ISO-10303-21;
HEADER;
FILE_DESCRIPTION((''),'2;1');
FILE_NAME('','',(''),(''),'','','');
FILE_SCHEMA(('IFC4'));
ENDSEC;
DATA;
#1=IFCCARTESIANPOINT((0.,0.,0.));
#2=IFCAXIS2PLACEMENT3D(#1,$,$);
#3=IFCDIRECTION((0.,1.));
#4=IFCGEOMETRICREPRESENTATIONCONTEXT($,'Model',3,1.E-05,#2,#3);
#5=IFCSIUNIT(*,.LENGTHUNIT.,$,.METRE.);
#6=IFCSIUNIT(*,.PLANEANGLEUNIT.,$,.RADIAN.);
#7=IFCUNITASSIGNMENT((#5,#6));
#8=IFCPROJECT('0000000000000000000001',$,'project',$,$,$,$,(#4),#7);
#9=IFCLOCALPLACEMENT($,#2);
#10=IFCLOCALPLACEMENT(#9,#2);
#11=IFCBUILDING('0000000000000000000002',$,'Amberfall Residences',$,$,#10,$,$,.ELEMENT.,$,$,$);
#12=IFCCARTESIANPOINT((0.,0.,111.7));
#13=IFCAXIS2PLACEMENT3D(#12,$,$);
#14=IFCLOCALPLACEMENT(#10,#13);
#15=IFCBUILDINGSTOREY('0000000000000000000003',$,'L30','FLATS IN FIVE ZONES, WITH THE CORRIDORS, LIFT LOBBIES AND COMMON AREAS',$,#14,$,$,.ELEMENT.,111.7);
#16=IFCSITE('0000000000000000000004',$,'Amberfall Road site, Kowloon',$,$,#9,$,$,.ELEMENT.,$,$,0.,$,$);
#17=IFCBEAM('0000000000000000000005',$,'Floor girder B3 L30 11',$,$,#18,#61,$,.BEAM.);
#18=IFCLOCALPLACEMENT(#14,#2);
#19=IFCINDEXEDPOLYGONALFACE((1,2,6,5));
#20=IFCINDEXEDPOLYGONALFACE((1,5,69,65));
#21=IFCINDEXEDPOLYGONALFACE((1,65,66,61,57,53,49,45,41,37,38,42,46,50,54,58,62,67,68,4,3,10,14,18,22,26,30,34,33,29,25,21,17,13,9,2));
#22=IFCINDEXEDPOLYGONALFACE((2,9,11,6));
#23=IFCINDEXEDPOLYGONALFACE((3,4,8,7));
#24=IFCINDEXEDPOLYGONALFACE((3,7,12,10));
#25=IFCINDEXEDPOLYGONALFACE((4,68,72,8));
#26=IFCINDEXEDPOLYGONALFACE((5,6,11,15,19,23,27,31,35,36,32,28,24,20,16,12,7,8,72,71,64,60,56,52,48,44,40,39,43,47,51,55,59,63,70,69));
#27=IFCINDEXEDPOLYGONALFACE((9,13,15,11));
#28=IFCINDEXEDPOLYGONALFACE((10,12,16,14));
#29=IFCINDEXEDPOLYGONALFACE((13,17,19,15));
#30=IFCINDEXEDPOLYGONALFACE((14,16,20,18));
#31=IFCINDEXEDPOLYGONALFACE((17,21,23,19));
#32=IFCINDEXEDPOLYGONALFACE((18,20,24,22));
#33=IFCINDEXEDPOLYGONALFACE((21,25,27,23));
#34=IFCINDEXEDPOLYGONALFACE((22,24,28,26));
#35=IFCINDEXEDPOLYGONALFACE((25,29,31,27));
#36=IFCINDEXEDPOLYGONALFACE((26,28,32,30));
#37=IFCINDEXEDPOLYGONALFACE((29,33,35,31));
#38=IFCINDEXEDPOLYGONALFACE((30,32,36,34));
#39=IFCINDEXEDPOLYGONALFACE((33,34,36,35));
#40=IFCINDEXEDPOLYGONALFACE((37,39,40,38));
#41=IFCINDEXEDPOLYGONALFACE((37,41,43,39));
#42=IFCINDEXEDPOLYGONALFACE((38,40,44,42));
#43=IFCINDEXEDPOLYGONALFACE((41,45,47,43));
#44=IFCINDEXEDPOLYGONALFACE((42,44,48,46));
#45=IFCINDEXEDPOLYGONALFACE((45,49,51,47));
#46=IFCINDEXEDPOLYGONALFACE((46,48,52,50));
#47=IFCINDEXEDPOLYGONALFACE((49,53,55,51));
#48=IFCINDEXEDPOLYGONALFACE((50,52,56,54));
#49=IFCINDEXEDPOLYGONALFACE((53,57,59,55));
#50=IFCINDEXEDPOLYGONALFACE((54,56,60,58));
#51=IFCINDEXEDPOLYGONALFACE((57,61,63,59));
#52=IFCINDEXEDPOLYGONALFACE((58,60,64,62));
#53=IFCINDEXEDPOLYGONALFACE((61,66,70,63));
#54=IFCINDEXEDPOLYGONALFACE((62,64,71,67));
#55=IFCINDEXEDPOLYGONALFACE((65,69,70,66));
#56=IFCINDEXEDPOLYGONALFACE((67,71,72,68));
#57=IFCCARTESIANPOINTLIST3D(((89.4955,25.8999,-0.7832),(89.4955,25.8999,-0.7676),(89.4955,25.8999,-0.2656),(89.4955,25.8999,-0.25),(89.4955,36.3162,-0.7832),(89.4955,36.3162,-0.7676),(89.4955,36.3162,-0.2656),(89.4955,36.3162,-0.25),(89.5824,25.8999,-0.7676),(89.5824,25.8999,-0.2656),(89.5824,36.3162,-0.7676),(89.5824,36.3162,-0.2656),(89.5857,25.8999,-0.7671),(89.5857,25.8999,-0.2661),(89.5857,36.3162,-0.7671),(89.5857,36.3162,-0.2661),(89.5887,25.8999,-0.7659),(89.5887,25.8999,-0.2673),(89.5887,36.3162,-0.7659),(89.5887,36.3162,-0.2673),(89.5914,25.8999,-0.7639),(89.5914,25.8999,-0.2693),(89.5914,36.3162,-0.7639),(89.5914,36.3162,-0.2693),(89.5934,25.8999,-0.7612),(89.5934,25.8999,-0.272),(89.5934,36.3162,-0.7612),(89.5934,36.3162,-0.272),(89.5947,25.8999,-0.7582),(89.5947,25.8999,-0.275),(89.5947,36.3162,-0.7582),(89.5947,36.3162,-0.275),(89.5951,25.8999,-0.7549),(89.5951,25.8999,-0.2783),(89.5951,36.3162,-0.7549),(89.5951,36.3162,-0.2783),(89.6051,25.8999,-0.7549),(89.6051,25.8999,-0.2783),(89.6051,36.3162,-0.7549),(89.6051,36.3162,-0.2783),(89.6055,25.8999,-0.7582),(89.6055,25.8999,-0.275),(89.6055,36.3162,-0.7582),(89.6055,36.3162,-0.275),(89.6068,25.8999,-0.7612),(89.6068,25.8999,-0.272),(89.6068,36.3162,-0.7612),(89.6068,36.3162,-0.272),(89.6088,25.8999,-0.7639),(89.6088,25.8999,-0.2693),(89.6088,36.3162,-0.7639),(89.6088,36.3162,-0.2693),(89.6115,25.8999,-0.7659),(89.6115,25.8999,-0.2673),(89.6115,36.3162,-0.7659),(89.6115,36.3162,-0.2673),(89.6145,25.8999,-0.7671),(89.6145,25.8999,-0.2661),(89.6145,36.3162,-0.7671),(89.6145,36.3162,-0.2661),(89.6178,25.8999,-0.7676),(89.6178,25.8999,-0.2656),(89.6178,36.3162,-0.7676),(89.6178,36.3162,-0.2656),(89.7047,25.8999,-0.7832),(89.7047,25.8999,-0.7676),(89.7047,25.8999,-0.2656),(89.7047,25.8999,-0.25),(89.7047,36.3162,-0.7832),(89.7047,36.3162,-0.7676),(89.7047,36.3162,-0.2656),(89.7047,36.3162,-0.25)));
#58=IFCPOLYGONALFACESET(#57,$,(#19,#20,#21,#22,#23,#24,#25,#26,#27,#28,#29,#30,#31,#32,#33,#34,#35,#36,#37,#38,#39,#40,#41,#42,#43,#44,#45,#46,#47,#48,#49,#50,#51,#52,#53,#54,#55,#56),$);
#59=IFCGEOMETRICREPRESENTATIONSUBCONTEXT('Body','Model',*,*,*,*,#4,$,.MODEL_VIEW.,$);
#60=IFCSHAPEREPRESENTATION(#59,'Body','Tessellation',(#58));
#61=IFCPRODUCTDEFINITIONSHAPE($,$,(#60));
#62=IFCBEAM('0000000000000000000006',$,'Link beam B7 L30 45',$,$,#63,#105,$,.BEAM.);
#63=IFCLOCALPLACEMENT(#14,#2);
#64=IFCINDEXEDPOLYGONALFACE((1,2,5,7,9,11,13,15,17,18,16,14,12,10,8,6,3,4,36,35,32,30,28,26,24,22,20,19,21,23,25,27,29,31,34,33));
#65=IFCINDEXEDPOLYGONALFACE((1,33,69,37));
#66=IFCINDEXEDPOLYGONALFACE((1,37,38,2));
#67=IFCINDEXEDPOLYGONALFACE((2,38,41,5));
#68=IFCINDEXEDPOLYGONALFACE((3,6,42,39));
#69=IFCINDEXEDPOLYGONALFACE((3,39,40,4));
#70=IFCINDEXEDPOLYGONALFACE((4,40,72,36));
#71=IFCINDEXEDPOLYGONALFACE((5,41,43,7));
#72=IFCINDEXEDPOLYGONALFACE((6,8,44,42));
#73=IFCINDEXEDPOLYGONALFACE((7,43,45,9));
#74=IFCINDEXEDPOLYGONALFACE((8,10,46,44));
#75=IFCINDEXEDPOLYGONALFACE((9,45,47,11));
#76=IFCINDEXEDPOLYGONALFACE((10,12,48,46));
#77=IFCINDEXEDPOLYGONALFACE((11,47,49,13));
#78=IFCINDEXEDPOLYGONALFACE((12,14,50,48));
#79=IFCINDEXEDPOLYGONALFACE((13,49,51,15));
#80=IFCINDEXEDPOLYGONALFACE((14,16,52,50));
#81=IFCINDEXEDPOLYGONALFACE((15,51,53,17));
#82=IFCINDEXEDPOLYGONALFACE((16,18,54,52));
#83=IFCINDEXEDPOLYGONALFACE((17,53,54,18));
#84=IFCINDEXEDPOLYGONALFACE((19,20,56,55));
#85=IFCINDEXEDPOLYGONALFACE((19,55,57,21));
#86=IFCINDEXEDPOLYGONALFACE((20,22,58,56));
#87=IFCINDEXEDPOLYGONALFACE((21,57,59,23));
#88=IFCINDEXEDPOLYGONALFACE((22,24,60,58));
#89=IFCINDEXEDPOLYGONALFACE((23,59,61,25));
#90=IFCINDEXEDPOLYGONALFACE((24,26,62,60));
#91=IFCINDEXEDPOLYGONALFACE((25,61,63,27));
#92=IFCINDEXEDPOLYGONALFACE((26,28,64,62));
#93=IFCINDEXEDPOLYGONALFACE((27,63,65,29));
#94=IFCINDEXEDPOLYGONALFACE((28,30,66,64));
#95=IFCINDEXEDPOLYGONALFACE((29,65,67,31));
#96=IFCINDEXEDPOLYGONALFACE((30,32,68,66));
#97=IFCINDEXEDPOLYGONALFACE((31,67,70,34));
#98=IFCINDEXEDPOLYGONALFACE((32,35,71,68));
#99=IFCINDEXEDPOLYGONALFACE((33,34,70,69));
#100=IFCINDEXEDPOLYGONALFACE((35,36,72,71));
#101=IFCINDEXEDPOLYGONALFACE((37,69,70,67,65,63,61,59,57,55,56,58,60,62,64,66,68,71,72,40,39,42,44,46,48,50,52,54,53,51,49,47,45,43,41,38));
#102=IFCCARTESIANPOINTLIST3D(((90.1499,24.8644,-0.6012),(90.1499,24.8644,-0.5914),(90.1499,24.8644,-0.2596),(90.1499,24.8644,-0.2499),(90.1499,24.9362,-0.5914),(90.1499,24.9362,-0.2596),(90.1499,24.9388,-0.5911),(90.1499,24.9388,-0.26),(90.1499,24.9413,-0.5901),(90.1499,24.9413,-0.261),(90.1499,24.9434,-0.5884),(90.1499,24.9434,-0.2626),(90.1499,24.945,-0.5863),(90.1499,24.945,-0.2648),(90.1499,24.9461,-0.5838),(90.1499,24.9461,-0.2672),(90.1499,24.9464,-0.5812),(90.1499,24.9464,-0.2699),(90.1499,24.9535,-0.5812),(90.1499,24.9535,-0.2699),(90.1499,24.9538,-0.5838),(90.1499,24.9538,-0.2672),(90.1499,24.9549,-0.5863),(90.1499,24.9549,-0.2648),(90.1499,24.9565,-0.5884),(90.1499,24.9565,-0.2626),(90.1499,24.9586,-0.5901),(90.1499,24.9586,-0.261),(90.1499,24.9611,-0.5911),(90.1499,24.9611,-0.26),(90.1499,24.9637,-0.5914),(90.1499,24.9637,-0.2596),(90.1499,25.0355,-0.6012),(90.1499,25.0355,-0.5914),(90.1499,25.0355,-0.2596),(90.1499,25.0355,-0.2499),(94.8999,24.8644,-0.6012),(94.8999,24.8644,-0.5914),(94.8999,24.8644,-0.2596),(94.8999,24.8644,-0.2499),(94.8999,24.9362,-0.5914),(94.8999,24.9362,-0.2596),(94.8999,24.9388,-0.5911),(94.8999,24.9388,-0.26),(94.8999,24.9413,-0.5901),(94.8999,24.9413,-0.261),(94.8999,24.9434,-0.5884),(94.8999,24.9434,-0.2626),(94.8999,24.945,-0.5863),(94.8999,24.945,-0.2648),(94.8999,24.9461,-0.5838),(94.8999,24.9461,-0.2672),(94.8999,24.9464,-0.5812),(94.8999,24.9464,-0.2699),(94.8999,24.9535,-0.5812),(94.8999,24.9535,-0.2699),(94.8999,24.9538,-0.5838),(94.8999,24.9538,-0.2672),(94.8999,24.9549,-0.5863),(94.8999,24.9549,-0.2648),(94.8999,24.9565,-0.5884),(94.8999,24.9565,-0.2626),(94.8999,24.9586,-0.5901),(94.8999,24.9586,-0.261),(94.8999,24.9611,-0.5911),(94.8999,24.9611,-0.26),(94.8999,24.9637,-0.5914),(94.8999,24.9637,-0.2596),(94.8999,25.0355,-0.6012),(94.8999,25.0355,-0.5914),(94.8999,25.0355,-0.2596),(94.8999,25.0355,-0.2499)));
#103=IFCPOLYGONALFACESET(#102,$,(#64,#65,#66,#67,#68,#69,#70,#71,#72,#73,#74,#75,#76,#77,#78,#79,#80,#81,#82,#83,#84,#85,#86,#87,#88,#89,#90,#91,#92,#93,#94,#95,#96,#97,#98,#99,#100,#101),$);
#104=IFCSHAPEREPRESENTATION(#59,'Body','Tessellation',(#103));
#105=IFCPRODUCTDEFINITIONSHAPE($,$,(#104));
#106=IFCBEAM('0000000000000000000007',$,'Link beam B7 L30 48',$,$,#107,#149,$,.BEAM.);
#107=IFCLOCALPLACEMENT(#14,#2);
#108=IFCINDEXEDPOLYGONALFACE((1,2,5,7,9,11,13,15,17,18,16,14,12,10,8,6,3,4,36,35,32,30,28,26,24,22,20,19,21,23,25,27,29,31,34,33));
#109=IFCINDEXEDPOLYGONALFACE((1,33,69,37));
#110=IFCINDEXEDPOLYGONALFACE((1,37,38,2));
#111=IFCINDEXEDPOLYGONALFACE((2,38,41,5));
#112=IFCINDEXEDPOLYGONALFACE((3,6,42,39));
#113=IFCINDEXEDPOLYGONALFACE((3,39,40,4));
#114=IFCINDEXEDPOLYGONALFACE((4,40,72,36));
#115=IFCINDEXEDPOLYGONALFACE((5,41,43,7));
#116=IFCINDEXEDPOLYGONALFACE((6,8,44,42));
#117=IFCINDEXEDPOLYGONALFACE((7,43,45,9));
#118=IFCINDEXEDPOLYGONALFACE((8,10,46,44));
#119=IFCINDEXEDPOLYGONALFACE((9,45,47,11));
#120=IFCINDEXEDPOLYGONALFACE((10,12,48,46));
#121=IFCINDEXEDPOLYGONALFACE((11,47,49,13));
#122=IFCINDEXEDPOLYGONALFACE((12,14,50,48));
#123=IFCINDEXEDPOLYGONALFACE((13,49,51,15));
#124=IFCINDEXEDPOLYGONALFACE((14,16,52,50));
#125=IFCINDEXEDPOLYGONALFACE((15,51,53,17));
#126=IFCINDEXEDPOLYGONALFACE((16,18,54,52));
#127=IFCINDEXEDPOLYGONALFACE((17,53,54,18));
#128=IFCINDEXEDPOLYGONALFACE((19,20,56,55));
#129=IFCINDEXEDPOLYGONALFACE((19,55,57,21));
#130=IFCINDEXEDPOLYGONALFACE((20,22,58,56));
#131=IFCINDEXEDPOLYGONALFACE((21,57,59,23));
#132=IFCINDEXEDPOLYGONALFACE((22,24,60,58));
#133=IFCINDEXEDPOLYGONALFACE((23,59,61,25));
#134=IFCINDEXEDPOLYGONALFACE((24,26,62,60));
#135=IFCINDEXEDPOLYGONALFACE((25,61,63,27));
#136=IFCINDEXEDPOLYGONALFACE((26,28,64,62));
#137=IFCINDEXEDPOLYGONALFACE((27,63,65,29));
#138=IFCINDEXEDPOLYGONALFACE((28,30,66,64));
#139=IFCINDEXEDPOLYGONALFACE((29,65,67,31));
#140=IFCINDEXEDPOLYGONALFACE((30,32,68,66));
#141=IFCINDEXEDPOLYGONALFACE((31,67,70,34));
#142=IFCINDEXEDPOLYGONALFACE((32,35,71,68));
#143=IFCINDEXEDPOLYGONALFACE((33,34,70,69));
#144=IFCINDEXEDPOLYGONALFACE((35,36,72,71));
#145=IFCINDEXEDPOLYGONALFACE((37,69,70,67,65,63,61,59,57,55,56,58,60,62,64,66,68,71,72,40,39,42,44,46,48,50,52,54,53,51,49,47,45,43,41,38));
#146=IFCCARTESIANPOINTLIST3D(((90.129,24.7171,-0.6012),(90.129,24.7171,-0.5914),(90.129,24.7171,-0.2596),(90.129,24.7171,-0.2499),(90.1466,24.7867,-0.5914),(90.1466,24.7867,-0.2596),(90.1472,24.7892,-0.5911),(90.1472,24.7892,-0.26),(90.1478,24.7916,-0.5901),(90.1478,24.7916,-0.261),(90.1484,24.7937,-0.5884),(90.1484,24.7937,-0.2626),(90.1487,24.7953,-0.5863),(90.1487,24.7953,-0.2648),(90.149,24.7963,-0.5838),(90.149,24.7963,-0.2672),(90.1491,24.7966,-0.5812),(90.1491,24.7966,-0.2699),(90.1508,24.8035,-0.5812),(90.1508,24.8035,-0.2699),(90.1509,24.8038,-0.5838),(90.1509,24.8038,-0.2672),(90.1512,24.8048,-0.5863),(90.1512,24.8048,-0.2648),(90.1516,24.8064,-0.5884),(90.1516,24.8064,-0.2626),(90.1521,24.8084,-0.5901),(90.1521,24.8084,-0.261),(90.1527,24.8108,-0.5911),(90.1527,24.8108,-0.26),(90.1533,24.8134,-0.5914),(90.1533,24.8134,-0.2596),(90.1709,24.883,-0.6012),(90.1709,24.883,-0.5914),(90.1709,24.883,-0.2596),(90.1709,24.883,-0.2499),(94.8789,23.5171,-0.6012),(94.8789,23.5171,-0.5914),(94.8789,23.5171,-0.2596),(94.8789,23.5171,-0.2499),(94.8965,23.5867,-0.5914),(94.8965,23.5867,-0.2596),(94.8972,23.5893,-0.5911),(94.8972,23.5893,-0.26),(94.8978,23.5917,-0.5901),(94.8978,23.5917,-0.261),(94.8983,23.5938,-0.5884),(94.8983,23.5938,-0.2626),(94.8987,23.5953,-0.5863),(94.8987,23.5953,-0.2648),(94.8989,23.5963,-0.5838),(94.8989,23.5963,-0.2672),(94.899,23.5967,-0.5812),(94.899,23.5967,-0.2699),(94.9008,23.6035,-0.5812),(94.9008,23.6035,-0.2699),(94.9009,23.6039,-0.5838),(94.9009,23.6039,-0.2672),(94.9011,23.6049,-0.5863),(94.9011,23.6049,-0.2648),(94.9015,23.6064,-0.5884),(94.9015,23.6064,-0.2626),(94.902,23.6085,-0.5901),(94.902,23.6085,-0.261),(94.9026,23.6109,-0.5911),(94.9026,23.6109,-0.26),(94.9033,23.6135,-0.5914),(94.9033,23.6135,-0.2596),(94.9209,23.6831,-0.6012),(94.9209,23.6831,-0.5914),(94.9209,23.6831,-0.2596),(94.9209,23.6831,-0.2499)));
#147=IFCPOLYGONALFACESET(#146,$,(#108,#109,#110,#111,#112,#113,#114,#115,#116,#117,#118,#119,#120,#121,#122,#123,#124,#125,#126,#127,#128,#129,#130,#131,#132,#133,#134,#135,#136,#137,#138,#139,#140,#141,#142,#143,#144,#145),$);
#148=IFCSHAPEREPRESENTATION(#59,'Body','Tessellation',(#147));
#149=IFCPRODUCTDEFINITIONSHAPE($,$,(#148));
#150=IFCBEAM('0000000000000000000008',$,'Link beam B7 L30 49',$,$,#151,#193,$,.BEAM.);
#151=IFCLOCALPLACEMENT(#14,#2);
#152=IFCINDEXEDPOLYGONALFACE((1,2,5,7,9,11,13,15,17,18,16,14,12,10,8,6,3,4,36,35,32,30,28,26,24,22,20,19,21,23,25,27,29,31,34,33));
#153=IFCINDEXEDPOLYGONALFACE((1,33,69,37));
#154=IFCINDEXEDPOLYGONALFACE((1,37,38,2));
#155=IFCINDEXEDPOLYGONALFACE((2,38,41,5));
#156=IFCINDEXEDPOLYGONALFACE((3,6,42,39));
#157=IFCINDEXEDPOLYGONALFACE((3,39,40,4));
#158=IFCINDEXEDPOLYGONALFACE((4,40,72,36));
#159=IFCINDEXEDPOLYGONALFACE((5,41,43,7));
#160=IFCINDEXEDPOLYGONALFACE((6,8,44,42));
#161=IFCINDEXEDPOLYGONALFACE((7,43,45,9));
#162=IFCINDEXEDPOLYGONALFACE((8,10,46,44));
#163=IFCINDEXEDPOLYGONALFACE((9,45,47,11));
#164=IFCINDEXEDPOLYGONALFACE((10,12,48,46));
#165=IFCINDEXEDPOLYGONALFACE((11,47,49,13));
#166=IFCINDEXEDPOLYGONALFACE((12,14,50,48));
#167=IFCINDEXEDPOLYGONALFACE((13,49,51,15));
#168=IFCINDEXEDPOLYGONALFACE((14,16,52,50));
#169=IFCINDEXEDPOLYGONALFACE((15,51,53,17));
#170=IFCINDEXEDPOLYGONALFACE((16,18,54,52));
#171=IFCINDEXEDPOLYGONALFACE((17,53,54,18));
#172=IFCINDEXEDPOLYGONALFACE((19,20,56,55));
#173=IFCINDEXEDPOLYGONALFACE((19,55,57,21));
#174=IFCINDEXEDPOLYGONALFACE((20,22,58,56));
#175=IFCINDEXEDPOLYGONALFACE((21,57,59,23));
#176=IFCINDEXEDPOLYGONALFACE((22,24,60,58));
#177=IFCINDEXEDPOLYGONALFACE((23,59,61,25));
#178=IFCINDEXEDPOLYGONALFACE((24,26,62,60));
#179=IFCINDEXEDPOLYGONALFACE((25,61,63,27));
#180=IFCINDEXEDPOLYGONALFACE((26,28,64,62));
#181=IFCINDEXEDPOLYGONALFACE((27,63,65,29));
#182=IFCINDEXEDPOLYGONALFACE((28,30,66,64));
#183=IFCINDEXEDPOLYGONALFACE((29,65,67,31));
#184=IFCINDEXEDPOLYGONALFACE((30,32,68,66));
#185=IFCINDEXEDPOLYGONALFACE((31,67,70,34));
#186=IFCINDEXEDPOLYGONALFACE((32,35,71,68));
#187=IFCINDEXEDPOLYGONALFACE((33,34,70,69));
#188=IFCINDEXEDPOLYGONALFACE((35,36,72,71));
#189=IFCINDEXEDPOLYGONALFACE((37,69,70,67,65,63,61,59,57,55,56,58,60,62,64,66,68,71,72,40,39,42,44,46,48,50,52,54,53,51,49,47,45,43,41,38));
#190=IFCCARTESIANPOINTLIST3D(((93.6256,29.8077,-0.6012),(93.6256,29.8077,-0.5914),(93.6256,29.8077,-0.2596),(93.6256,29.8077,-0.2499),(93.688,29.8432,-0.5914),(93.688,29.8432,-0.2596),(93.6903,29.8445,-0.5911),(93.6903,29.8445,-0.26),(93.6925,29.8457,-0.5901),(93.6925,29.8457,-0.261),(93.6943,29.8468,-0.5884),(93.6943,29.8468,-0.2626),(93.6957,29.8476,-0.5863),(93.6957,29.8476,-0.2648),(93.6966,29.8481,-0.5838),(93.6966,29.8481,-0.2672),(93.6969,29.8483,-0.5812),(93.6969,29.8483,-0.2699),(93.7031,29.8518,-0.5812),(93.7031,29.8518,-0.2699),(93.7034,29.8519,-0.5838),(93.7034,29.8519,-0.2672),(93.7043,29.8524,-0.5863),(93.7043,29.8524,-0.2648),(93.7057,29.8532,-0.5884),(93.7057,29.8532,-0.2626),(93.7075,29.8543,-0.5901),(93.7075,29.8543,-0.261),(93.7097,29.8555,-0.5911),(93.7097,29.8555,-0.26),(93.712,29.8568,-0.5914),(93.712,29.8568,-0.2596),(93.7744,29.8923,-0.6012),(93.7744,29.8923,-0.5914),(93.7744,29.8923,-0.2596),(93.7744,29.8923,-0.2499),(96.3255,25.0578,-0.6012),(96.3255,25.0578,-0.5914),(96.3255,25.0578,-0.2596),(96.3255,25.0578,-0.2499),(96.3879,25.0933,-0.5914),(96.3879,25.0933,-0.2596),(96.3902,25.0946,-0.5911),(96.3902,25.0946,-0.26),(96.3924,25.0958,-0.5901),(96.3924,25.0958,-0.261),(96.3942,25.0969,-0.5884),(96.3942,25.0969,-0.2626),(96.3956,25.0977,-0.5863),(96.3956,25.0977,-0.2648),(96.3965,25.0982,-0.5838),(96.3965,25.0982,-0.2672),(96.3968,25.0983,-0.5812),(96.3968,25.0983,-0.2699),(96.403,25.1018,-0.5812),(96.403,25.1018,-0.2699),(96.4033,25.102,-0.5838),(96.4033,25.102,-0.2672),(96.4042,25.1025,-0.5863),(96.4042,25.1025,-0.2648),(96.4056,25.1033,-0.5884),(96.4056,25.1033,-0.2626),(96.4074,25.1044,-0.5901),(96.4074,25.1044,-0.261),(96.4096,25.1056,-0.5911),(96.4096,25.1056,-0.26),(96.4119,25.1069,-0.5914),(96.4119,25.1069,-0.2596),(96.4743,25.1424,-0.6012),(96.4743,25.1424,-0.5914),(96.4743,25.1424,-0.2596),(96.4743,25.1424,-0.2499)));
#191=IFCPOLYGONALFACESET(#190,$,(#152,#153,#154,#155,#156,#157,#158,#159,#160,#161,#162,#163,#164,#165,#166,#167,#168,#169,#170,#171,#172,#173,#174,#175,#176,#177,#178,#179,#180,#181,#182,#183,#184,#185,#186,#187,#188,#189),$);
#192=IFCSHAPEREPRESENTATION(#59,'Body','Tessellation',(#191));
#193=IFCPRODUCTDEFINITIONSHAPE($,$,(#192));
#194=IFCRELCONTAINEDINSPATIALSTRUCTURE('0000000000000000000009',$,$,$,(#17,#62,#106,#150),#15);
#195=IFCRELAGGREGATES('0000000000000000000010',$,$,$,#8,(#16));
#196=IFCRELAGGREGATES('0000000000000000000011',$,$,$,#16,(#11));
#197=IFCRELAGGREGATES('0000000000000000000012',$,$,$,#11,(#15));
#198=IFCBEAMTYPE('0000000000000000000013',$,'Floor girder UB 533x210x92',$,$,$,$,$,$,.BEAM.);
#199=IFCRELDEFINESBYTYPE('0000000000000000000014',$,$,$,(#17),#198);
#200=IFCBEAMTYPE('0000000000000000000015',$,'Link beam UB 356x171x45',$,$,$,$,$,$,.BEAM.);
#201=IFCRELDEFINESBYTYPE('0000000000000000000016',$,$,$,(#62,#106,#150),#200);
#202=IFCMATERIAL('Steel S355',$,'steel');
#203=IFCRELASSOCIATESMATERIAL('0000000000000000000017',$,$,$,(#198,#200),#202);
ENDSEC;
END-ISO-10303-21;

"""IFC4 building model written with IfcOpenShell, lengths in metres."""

from ifc_helpers import new_model, si_unit, direction, frame, origin, origin_2d, place, context, subcontext, project, spatial, i_section, extrude, material, material_profile, profile_set, type_object, element, save


model = new_model("IFC4")

# Units and contexts
model_context = context("Model", 3, precision=1e-05, world=origin(), true_north=direction((0.0, 1.0)))
body_context = subcontext(model_context, "Body", "Model", "MODEL_VIEW")
ifc_project = project(units=[si_unit("LENGTHUNIT", "METRE"), si_unit("PLANEANGLEUNIT", "RADIAN")], contexts=[model_context])

# Site, building, storey
site_placement = place(None, origin())
site = spatial("IfcSite", under=ifc_project, at=site_placement, Name="Amberfall Road site, Kowloon", CompositionType="ELEMENT", RefElevation=0.0)
building_placement = place(site_placement, origin())
building = spatial("IfcBuilding", under=site, at=building_placement, Name="Amberfall Residences", CompositionType="ELEMENT")
storey_placement = place(building_placement, frame((0.0, 0.0, 111.7)))
storey = spatial("IfcBuildingStorey", under=building, at=storey_placement, Name="L30", Description="FLATS IN FIVE ZONES, WITH THE CORRIDORS, LIFT LOBBIES AND COMMON AREAS", CompositionType="ELEMENT", Elevation=111.7)

# Beams
ifc_material_1 = material(Name="Steel S355", Category="steel")
ifc_material_profile_1 = material_profile(ifc_material_1, i_section(OverallWidth=0.2092, OverallDepth=0.5332, WebThickness=0.01, FlangeThickness=0.0156, FilletRadius=0.0127, at=origin_2d()), Name="UB 533x210x92")
ifc_profile_set_1 = profile_set([ifc_material_profile_1], Name="Steel S355")
beam_type_1 = type_object("IfcBeamType", Name="Floor girder UB 533x210x92", PredefinedType="BEAM", material=ifc_profile_set_1)
beam_1_placement = place(storey_placement, frame((89.6001, 25.8999, -0.5166), z_axis=(0.0, 1.0, 0.0), x_axis=(-1.0, 0.0, 0.0)))
element("IfcBeam", 1, at=beam_1_placement, inside=storey, type_object=beam_type_1, Name="Floor girder B3 L30 11", PredefinedType="BEAM", context=body_context, shape_type="SweptSolid", body=[
    extrude(i_section(OverallWidth=0.2092, OverallDepth=0.5332, WebThickness=0.01, FlangeThickness=0.0156, FilletRadius=0.0127, at=origin_2d()), origin(), (0.0, 0.0, 1.0), 10.4163),
])
ifc_material_profile_2 = material_profile(ifc_material_1, i_section(OverallWidth=0.1711, OverallDepth=0.3513, WebThickness=0.0071, FlangeThickness=0.0098, FilletRadius=0.0103, at=origin_2d()), Name="UB 356x171x45")
ifc_profile_set_2 = profile_set([ifc_material_profile_2], Name="Steel S355")
beam_type_2 = type_object("IfcBeamType", Name="Link beam UB 356x171x45", PredefinedType="BEAM", material=ifc_profile_set_2)
beam_2_placement = place(storey_placement, frame((90.1499, 24.95, -0.4255), z_axis=(1.0, 0.0, 0.0), x_axis=(0.0, 1.0, 0.0)))
element("IfcBeam", 2, at=beam_2_placement, inside=storey, type_object=beam_type_2, Name="Link beam B7 L30 45", PredefinedType="BEAM", context=body_context, shape_type="SweptSolid", body=[
    extrude(i_section(OverallWidth=0.1711, OverallDepth=0.3513, WebThickness=0.0071, FlangeThickness=0.0098, FilletRadius=0.0103, at=origin_2d()), origin(), (0.0, 0.0, 1.0), 4.75),
])
beam_3_placement = place(storey_placement, frame((94.8999, 23.6001, -0.4255), z_axis=(-0.969542, 0.244927, 0.0), x_axis=(-0.244927, -0.969542, 0.0)))
element("IfcBeam", 3, at=beam_3_placement, inside=storey, type_object=beam_type_2, Name="Link beam B7 L30 48", PredefinedType="BEAM", context=body_context, shape_type="SweptSolid", body=[
    extrude(i_section(OverallWidth=0.1711, OverallDepth=0.3513, WebThickness=0.0071, FlangeThickness=0.0098, FilletRadius=0.0103, at=origin_2d()), origin(), (0.0, 0.0, 1.0), 4.8992),
])
beam_4_placement = place(storey_placement, frame((96.3999, 25.1001, -0.4255), z_axis=(-0.49416, 0.869371, 0.0), x_axis=(-0.869371, -0.49416, 0.0)))
element("IfcBeam", 4, at=beam_4_placement, inside=storey, type_object=beam_type_2, Name="Link beam B7 L30 49", PredefinedType="BEAM", context=body_context, shape_type="SweptSolid", body=[
    extrude(i_section(OverallWidth=0.1711, OverallDepth=0.3513, WebThickness=0.0071, FlangeThickness=0.0098, FilletRadius=0.0103, at=origin_2d()), origin(), (0.0, 0.0, 1.0), 5.4636),
])

save(model, "model.ifc")
